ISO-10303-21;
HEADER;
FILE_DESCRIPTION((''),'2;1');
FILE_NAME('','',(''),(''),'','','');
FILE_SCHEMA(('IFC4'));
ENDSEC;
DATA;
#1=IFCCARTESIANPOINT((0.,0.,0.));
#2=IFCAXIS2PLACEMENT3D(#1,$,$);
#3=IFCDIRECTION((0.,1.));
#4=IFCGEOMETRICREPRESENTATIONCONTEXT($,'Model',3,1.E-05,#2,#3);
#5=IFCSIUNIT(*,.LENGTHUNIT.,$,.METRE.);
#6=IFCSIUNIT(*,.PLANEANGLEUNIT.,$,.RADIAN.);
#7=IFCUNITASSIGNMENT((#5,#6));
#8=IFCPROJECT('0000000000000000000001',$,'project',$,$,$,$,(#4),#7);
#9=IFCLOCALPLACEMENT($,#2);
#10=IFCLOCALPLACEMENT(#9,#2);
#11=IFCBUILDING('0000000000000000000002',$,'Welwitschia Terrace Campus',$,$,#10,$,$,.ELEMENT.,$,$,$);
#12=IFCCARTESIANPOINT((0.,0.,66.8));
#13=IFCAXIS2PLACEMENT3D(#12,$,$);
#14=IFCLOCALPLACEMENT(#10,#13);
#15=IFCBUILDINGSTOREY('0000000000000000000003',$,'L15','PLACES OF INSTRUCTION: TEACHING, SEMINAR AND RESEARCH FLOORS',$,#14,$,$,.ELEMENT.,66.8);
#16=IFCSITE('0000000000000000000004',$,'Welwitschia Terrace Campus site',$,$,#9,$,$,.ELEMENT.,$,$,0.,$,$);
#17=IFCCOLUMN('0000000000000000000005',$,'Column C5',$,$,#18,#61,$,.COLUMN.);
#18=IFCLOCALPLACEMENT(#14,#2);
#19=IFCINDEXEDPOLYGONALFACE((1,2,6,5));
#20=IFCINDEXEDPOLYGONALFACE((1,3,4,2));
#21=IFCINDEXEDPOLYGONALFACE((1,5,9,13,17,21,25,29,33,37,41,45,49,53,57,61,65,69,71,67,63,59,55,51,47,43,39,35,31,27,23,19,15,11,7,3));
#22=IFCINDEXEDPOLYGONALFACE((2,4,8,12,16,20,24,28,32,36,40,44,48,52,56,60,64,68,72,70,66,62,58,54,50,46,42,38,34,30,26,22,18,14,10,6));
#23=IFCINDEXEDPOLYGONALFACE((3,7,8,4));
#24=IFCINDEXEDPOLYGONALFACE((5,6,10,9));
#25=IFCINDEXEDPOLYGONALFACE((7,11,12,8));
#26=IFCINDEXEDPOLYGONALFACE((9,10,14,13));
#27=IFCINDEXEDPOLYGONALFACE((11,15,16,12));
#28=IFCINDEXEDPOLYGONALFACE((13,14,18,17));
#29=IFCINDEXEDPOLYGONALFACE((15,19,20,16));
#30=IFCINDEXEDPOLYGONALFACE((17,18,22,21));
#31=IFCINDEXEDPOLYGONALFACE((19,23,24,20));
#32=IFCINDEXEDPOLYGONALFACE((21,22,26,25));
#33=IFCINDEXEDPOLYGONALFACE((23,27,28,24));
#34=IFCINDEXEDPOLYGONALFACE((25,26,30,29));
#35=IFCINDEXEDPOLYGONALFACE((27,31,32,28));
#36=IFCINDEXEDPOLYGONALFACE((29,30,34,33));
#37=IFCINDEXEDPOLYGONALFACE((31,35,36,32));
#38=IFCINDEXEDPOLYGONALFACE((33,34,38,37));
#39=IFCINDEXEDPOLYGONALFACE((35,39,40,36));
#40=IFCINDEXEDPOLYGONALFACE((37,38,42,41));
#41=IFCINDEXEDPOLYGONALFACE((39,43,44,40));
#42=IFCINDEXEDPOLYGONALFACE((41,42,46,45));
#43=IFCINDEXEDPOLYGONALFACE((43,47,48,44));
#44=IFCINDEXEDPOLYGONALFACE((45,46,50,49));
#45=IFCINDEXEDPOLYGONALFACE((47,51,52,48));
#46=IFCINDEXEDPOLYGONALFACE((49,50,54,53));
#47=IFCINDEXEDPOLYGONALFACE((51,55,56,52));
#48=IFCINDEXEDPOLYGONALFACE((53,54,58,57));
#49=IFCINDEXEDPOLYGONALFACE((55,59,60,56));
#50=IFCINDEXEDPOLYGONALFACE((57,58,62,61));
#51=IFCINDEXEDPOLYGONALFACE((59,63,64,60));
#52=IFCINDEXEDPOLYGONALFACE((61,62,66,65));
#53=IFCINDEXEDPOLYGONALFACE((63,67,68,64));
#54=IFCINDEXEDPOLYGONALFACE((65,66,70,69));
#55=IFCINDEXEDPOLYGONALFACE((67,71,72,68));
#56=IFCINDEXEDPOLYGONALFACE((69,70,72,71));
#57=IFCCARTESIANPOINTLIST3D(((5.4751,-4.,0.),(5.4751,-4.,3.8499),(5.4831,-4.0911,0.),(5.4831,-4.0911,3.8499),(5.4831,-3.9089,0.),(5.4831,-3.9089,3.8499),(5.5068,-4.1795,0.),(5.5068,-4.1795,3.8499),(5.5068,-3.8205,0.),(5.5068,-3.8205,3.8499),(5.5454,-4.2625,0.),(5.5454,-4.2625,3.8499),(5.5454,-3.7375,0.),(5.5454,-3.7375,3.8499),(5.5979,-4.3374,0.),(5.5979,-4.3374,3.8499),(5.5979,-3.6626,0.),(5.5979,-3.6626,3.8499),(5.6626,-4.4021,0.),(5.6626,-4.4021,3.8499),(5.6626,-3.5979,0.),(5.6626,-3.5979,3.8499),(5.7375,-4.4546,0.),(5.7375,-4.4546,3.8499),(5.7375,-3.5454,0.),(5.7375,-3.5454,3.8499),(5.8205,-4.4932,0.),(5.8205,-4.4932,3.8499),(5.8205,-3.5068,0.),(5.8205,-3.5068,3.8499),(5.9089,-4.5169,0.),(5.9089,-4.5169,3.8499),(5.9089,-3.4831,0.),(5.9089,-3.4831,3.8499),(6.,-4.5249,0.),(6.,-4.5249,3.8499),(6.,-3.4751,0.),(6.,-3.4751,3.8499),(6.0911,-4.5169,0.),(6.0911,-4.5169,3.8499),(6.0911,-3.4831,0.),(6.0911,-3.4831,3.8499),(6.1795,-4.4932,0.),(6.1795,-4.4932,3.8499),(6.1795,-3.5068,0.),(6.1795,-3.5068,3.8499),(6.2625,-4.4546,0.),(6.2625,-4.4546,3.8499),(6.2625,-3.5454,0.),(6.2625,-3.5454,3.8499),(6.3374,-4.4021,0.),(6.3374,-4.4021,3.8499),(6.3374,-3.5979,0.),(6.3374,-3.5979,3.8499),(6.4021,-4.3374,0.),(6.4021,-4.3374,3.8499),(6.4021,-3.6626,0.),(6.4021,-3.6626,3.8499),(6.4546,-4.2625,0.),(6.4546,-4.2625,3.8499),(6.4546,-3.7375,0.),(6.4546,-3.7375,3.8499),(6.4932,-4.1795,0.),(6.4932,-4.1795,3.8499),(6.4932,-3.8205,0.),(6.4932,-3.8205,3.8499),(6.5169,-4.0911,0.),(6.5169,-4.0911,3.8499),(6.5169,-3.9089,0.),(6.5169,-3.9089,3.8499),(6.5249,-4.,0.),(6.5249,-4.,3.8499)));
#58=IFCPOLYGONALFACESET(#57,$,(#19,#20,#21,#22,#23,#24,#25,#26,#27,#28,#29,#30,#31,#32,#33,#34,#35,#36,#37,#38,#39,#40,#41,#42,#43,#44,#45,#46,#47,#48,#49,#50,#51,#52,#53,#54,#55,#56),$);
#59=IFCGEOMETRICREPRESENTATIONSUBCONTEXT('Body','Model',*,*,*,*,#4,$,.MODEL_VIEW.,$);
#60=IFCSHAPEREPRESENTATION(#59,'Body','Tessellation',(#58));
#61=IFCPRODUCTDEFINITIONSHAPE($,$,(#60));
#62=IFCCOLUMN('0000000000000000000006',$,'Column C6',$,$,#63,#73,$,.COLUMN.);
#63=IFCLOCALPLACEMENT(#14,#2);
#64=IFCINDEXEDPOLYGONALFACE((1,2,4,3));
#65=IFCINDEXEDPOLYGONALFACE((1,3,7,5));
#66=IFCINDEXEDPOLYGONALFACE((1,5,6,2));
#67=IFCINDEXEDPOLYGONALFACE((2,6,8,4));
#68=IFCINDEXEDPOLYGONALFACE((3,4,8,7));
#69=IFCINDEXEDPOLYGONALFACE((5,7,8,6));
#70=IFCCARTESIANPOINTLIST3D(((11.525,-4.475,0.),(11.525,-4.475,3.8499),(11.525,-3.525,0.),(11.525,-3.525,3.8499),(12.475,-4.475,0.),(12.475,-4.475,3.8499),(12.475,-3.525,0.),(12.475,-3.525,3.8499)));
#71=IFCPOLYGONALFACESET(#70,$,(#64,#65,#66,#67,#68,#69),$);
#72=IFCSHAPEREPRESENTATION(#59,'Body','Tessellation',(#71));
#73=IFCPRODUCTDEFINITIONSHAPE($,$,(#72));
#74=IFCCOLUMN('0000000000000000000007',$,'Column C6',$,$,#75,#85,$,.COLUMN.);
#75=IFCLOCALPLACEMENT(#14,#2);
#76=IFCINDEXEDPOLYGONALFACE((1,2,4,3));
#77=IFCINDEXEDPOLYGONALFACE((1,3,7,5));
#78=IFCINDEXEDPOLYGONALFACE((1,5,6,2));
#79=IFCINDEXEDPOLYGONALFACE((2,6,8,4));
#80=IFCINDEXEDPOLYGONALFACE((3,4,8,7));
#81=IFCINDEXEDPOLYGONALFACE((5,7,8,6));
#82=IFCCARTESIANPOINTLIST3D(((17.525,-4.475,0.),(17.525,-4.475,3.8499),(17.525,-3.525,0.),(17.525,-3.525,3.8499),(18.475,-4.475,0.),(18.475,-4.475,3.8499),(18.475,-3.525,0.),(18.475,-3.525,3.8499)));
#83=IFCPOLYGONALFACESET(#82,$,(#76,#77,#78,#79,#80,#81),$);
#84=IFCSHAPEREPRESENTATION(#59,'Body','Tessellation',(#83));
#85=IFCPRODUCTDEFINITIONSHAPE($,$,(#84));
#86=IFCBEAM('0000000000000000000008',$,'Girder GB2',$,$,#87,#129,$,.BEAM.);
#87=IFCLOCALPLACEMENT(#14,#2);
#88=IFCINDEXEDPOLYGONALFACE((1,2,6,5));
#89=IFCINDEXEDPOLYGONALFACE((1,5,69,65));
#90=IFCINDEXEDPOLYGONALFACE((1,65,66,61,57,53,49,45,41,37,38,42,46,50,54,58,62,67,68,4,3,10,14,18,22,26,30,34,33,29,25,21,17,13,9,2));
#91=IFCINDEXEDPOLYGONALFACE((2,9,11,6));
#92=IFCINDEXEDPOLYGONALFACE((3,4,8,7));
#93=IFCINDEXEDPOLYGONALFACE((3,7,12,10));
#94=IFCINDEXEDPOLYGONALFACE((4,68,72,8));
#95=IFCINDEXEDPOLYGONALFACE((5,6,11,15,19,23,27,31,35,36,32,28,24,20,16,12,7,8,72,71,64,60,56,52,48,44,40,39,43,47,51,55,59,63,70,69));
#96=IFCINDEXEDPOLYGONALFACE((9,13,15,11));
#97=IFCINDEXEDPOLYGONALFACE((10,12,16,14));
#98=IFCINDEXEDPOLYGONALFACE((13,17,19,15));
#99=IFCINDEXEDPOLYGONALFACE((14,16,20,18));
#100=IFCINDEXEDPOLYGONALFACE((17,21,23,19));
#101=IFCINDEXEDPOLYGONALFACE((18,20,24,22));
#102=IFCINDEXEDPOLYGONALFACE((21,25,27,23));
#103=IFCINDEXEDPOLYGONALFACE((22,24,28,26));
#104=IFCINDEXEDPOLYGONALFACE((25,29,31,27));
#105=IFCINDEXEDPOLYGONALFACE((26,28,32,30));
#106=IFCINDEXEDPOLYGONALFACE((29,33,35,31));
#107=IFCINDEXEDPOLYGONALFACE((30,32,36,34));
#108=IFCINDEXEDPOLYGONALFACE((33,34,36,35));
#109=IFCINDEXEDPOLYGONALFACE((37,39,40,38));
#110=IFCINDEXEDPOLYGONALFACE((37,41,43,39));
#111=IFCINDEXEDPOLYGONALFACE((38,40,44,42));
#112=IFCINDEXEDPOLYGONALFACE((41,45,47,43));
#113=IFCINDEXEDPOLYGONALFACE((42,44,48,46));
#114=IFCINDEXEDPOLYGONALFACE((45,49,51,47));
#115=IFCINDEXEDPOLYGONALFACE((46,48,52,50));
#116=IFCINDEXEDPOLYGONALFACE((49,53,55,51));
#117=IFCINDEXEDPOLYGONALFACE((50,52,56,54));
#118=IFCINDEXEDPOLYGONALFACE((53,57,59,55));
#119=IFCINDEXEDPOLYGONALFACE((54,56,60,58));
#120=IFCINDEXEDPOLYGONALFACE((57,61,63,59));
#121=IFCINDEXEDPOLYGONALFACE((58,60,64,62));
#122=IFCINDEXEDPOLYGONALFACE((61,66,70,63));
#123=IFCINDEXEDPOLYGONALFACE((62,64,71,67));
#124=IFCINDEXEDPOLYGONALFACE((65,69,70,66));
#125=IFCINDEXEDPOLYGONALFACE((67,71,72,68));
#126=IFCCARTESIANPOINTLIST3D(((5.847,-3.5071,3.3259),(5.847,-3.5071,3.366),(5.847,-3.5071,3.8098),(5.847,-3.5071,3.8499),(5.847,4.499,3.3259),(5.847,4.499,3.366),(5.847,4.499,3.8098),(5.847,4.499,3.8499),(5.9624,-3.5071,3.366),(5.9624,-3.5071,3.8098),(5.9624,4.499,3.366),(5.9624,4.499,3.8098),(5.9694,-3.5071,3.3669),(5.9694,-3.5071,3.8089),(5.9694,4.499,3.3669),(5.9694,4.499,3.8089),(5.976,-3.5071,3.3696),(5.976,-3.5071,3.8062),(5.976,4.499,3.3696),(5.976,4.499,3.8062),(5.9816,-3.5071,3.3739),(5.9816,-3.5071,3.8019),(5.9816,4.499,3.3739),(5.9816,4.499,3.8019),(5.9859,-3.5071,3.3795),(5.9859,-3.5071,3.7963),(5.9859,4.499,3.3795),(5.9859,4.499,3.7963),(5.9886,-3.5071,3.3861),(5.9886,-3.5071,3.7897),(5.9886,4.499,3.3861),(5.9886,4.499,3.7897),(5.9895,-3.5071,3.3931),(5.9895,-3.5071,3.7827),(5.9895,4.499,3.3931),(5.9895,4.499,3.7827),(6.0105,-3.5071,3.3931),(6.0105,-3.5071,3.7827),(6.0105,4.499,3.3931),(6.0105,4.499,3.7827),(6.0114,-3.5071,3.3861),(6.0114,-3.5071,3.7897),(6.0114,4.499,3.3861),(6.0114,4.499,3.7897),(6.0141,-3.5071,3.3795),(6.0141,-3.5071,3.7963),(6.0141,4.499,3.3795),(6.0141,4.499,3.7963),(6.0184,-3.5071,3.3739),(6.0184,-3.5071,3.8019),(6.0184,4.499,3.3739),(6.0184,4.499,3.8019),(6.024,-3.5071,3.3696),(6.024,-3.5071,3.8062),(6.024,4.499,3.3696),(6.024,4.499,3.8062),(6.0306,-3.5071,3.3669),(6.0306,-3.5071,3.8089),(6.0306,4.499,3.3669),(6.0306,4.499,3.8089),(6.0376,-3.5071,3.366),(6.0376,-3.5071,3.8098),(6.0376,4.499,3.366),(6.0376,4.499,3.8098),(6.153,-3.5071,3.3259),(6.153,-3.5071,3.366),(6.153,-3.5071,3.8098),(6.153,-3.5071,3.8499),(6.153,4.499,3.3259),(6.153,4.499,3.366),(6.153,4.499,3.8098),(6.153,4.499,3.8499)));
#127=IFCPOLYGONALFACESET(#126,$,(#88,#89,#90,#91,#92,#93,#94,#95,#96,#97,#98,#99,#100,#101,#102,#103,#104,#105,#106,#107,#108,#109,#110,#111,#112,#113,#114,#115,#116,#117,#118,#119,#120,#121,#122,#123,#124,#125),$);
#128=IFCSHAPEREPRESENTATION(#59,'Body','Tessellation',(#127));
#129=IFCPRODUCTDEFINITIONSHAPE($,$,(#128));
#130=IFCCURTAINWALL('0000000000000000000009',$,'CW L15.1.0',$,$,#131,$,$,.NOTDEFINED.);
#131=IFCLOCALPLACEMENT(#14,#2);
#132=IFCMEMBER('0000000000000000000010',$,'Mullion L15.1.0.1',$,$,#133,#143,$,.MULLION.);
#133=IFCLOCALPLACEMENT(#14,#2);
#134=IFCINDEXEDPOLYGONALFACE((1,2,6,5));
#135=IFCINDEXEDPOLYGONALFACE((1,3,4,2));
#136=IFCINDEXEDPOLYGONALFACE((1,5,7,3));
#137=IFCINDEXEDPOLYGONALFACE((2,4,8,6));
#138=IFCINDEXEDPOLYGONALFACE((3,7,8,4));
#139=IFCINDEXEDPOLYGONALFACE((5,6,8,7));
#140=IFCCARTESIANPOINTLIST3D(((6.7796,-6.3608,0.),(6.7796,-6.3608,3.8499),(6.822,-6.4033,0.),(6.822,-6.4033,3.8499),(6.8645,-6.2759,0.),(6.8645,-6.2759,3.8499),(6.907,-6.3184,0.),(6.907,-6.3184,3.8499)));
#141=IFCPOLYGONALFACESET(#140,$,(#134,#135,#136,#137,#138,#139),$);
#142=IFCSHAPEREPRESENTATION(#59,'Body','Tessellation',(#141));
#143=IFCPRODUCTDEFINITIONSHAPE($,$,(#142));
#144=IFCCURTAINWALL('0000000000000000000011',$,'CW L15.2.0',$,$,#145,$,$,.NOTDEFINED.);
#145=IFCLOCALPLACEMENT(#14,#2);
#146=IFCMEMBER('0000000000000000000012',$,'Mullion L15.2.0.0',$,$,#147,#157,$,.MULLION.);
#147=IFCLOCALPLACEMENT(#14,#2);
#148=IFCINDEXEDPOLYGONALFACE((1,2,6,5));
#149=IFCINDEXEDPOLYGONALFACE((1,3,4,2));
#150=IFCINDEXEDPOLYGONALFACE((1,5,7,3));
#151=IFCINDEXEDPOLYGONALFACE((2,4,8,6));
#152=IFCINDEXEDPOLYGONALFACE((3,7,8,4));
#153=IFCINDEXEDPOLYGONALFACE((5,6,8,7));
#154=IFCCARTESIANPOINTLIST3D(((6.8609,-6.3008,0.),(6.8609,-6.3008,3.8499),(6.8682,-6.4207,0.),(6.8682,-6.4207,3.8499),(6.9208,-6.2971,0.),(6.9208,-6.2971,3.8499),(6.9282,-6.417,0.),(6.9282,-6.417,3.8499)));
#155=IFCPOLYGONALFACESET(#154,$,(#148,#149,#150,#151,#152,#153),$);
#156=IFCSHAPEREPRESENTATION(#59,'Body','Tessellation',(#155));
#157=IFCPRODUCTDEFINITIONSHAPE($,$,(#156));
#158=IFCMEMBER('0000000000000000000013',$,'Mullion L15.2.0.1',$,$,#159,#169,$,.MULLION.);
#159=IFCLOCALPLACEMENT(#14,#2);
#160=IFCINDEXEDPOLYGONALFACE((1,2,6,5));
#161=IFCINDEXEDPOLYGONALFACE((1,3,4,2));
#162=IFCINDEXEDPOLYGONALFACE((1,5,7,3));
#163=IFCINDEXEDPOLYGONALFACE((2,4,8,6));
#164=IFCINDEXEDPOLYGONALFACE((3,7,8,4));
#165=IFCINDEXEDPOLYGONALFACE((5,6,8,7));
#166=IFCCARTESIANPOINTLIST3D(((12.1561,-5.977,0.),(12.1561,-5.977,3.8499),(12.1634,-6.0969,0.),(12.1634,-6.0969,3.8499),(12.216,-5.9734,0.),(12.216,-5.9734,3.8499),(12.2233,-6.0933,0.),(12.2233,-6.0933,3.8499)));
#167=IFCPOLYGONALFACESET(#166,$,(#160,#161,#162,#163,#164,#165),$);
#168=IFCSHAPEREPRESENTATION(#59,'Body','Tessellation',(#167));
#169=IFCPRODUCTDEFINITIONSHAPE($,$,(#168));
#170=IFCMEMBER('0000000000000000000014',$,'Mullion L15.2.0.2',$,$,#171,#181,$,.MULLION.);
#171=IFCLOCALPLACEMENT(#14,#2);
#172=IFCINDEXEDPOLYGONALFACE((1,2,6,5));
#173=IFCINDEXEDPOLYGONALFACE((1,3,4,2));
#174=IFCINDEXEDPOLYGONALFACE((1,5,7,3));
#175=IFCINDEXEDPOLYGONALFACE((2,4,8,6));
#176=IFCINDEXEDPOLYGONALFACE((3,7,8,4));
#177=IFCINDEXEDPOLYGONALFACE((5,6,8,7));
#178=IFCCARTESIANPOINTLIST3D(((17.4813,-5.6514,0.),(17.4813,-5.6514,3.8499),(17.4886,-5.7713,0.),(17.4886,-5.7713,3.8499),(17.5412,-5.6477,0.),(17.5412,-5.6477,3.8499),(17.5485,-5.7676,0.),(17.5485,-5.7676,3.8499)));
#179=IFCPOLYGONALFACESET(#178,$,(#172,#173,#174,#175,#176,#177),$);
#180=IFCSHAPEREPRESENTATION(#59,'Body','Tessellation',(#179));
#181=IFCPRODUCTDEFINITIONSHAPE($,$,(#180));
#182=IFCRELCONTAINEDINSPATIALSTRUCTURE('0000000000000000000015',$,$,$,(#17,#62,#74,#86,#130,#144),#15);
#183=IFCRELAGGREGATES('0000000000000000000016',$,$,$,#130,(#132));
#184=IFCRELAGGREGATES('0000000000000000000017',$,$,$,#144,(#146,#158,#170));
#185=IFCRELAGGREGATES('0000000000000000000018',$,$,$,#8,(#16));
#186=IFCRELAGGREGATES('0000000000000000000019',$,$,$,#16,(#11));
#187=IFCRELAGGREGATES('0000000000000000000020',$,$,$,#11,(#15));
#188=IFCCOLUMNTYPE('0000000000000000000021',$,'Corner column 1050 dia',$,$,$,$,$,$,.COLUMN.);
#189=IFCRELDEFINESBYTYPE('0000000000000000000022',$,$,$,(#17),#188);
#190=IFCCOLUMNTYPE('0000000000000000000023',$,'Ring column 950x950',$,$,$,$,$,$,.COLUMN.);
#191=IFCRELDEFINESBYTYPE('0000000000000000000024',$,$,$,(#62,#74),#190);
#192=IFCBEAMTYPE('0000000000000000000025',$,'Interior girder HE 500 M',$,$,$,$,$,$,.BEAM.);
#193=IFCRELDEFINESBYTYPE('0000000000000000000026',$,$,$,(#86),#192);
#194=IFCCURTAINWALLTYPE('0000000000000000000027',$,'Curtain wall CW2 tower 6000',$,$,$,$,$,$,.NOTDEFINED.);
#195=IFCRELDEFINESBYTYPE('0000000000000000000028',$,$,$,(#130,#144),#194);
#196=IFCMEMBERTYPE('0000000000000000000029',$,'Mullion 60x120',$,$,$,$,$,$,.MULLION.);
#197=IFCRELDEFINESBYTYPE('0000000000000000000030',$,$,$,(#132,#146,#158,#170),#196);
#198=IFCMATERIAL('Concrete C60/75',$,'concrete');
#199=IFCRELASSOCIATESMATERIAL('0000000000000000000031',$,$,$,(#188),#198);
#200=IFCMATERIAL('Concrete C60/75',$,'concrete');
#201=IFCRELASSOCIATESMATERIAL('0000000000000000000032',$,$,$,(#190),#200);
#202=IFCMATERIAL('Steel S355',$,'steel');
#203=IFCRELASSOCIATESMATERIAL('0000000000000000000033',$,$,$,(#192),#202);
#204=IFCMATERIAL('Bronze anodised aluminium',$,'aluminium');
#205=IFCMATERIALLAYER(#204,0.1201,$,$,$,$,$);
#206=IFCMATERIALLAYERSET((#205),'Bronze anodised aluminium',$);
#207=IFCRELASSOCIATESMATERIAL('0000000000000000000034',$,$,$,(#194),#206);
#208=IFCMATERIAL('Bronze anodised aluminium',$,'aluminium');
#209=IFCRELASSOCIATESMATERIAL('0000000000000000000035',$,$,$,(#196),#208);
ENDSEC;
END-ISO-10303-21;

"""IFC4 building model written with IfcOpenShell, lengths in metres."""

from ifc_helpers import new_model, si_unit, direction, frame, origin, origin_2d, place, context, subcontext, project, spatial, rectangle, circle, i_section, extrude, material, layer, layer_set, material_profile, profile_set, type_object, element, aggregate, save


model = new_model("IFC4")

# Units and contexts
model_context = context("Model", 3, precision=1e-05, world=origin(), true_north=direction((0.0, 1.0)))
body_context = subcontext(model_context, "Body", "Model", "MODEL_VIEW")
ifc_project = project(units=[si_unit("LENGTHUNIT", "METRE"), si_unit("PLANEANGLEUNIT", "RADIAN")], contexts=[model_context])

# Site, building, storey
site_placement = place(None, origin())
site = spatial("IfcSite", under=ifc_project, at=site_placement, Name="Welwitschia Terrace Campus site", CompositionType="ELEMENT", RefElevation=0.0)
building_placement = place(site_placement, origin())
building = spatial("IfcBuilding", under=site, at=building_placement, Name="Welwitschia Terrace Campus", CompositionType="ELEMENT")
storey_placement = place(building_placement, frame((0.0, 0.0, 66.8)))
storey = spatial("IfcBuildingStorey", under=building, at=storey_placement, Name="L15", Description="PLACES OF INSTRUCTION: TEACHING, SEMINAR AND RESEARCH FLOORS", CompositionType="ELEMENT", Elevation=66.8)

# Columns
ifc_material_1 = material(Name="Concrete C60/75", Category="concrete")
ifc_material_profile_1 = material_profile(ifc_material_1, circle(Radius=0.5249, at=origin_2d()))
ifc_profile_set_1 = profile_set([ifc_material_profile_1], Name="Concrete C60/75")
column_type_1 = type_object("IfcColumnType", Name="Corner column 1050 dia", PredefinedType="COLUMN", material=ifc_profile_set_1)
column_placement = place(storey_placement, frame((6.0, -4.0, 0.0), z_axis=(0.0, 0.0, 1.0), x_axis=(1.0, 0.0, 0.0)))
element("IfcColumn", 1, at=column_placement, inside=storey, type_object=column_type_1, Name="Column C5", PredefinedType="COLUMN", context=body_context, shape_type="SweptSolid", body=[
    extrude(circle(Radius=0.5249, at=origin_2d()), origin(), (0.0, 0.0, 1.0), 3.8499),
])
ifc_material_2 = material(Name="Concrete C60/75", Category="concrete")
ifc_material_profile_2 = material_profile(ifc_material_2, rectangle(XDim=0.95, YDim=0.95, at=origin_2d()))
ifc_profile_set_2 = profile_set([ifc_material_profile_2], Name="Concrete C60/75")
column_type_2 = type_object("IfcColumnType", Name="Ring column 950x950", PredefinedType="COLUMN", material=ifc_profile_set_2)
for number, where, z_axis, x_axis, name in (
    (2, (12.0, -4.0, 0.0), (0.0, 0.0, 1.0), (1.0, 0.0, 0.0), "Column C6"),
    (3, (18.0, -4.0, 0.0), (0.0, 0.0, 1.0), (1.0, 0.0, 0.0), "Column C6"),
):
    element("IfcColumn", number, at=place(storey_placement, frame(where, z_axis=z_axis, x_axis=x_axis)), inside=storey, type_object=column_type_2, Name=name, PredefinedType="COLUMN", context=body_context, shape_type="SweptSolid", body=[
        extrude(rectangle(XDim=0.95, YDim=0.95, at=origin_2d()), origin(), (0.0, 0.0, 1.0), 3.8499),
    ])

# Beam
ifc_material_3 = material(Name="Steel S355", Category="steel")
ifc_material_profile_3 = material_profile(ifc_material_3, i_section(OverallWidth=0.3059, OverallDepth=0.5239, WebThickness=0.021, FlangeThickness=0.04, FilletRadius=0.0271, at=origin_2d()))
ifc_profile_set_3 = profile_set([ifc_material_profile_3], Name="Steel S355")
beam_type_1 = type_object("IfcBeamType", Name="Interior girder HE 500 M", PredefinedType="BEAM", material=ifc_profile_set_3)
beam_1_placement = place(storey_placement, frame((6.0, -3.5071, 3.5879), z_axis=(0.0, 1.0, 0.0), x_axis=(-1.0, 0.0, 0.0)))
element("IfcBeam", 4, at=beam_1_placement, inside=storey, type_object=beam_type_1, Name="Girder GB2", PredefinedType="BEAM", context=body_context, shape_type="SweptSolid", body=[
    extrude(i_section(OverallWidth=0.3059, OverallDepth=0.5239, WebThickness=0.021, FlangeThickness=0.04, FilletRadius=0.0271, at=origin_2d()), origin(), (0.0, 0.0, 1.0), 8.0061),
])

# Curtain wall, member
ifc_material_4 = material(Name="Bronze anodised aluminium", Category="aluminium")
ifc_layer_1 = layer(ifc_material_4, 0.1201)
ifc_layer_set_1 = layer_set([ifc_layer_1], Name="Bronze anodised aluminium")
curtain_wall_type = type_object("IfcCurtainWallType", Name="Curtain wall CW2 tower 6000", PredefinedType="NOTDEFINED", material=ifc_layer_set_1)
curtain_wall_1_placement = place(storey_placement, origin())
curtain_wall_1 = element("IfcCurtainWall", 5, at=curtain_wall_1_placement, inside=storey, type_object=curtain_wall_type, Name="CW L15.1.0", PredefinedType="NOTDEFINED")
ifc_material_5 = material(Name="Bronze anodised aluminium", Category="aluminium")
ifc_material_profile_4 = material_profile(ifc_material_5, rectangle(XDim=0.1201, YDim=0.0601, at=origin_2d()))
ifc_profile_set_4 = profile_set([ifc_material_profile_4], Name="Bronze anodised aluminium")
member_type_1 = type_object("IfcMemberType", Name="Mullion 60x120", PredefinedType="MULLION", material=ifc_profile_set_4)
member_1_placement = place(storey_placement, frame((6.8433, -6.3396, 0.0), z_axis=(0.0, 0.0, 1.0), x_axis=(0.707107, 0.707107, 0.0)))
member_1 = element("IfcMember", 6, at=member_1_placement, type_object=member_type_1, Name="Mullion L15.1.0.1", PredefinedType="MULLION", context=body_context, shape_type="SweptSolid", body=[
    extrude(rectangle(XDim=0.1201, YDim=0.0601, at=origin_2d()), origin(), (0.0, 0.0, 1.0), 3.8499),
])

# Curtain wall, members
curtain_wall_2_placement = place(storey_placement, origin())
curtain_wall_2 = element("IfcCurtainWall", 7, at=curtain_wall_2_placement, inside=storey, type_object=curtain_wall_type, Name="CW L15.2.0", PredefinedType="NOTDEFINED")
member_2_placement = place(storey_placement, frame((6.8945, -6.3589, 0.0), z_axis=(0.0, 0.0, 1.0), x_axis=(-0.061049, 0.998135, 0.0)))
member_2 = element("IfcMember", 8, at=member_2_placement, type_object=member_type_1, Name="Mullion L15.2.0.0", PredefinedType="MULLION", context=body_context, shape_type="SweptSolid", body=[
    extrude(rectangle(XDim=0.1201, YDim=0.0601, at=origin_2d()), origin(), (0.0, 0.0, 1.0), 3.8499),
])
member_3_placement = place(storey_placement, frame((12.1897, -6.0352, 0.0), z_axis=(0.0, 0.0, 1.0), x_axis=(-0.061049, 0.998135, 0.0)))
member_3 = element("IfcMember", 9, at=member_3_placement, type_object=member_type_1, Name="Mullion L15.2.0.1", PredefinedType="MULLION", context=body_context, shape_type="SweptSolid", body=[
    extrude(rectangle(XDim=0.1201, YDim=0.0601, at=origin_2d()), origin(), (0.0, 0.0, 1.0), 3.8499),
])
member_4_placement = place(storey_placement, frame((17.5149, -5.7095, 0.0), z_axis=(0.0, 0.0, 1.0), x_axis=(-0.061049, 0.998135, 0.0)))
member_4 = element("IfcMember", 10, at=member_4_placement, type_object=member_type_1, Name="Mullion L15.2.0.2", PredefinedType="MULLION", context=body_context, shape_type="SweptSolid", body=[
    extrude(rectangle(XDim=0.1201, YDim=0.0601, at=origin_2d()), origin(), (0.0, 0.0, 1.0), 3.8499),
])

aggregate(curtain_wall_1, [member_1])
aggregate(curtain_wall_2, [member_2, member_3, member_4])

save(model, "model.ifc")
